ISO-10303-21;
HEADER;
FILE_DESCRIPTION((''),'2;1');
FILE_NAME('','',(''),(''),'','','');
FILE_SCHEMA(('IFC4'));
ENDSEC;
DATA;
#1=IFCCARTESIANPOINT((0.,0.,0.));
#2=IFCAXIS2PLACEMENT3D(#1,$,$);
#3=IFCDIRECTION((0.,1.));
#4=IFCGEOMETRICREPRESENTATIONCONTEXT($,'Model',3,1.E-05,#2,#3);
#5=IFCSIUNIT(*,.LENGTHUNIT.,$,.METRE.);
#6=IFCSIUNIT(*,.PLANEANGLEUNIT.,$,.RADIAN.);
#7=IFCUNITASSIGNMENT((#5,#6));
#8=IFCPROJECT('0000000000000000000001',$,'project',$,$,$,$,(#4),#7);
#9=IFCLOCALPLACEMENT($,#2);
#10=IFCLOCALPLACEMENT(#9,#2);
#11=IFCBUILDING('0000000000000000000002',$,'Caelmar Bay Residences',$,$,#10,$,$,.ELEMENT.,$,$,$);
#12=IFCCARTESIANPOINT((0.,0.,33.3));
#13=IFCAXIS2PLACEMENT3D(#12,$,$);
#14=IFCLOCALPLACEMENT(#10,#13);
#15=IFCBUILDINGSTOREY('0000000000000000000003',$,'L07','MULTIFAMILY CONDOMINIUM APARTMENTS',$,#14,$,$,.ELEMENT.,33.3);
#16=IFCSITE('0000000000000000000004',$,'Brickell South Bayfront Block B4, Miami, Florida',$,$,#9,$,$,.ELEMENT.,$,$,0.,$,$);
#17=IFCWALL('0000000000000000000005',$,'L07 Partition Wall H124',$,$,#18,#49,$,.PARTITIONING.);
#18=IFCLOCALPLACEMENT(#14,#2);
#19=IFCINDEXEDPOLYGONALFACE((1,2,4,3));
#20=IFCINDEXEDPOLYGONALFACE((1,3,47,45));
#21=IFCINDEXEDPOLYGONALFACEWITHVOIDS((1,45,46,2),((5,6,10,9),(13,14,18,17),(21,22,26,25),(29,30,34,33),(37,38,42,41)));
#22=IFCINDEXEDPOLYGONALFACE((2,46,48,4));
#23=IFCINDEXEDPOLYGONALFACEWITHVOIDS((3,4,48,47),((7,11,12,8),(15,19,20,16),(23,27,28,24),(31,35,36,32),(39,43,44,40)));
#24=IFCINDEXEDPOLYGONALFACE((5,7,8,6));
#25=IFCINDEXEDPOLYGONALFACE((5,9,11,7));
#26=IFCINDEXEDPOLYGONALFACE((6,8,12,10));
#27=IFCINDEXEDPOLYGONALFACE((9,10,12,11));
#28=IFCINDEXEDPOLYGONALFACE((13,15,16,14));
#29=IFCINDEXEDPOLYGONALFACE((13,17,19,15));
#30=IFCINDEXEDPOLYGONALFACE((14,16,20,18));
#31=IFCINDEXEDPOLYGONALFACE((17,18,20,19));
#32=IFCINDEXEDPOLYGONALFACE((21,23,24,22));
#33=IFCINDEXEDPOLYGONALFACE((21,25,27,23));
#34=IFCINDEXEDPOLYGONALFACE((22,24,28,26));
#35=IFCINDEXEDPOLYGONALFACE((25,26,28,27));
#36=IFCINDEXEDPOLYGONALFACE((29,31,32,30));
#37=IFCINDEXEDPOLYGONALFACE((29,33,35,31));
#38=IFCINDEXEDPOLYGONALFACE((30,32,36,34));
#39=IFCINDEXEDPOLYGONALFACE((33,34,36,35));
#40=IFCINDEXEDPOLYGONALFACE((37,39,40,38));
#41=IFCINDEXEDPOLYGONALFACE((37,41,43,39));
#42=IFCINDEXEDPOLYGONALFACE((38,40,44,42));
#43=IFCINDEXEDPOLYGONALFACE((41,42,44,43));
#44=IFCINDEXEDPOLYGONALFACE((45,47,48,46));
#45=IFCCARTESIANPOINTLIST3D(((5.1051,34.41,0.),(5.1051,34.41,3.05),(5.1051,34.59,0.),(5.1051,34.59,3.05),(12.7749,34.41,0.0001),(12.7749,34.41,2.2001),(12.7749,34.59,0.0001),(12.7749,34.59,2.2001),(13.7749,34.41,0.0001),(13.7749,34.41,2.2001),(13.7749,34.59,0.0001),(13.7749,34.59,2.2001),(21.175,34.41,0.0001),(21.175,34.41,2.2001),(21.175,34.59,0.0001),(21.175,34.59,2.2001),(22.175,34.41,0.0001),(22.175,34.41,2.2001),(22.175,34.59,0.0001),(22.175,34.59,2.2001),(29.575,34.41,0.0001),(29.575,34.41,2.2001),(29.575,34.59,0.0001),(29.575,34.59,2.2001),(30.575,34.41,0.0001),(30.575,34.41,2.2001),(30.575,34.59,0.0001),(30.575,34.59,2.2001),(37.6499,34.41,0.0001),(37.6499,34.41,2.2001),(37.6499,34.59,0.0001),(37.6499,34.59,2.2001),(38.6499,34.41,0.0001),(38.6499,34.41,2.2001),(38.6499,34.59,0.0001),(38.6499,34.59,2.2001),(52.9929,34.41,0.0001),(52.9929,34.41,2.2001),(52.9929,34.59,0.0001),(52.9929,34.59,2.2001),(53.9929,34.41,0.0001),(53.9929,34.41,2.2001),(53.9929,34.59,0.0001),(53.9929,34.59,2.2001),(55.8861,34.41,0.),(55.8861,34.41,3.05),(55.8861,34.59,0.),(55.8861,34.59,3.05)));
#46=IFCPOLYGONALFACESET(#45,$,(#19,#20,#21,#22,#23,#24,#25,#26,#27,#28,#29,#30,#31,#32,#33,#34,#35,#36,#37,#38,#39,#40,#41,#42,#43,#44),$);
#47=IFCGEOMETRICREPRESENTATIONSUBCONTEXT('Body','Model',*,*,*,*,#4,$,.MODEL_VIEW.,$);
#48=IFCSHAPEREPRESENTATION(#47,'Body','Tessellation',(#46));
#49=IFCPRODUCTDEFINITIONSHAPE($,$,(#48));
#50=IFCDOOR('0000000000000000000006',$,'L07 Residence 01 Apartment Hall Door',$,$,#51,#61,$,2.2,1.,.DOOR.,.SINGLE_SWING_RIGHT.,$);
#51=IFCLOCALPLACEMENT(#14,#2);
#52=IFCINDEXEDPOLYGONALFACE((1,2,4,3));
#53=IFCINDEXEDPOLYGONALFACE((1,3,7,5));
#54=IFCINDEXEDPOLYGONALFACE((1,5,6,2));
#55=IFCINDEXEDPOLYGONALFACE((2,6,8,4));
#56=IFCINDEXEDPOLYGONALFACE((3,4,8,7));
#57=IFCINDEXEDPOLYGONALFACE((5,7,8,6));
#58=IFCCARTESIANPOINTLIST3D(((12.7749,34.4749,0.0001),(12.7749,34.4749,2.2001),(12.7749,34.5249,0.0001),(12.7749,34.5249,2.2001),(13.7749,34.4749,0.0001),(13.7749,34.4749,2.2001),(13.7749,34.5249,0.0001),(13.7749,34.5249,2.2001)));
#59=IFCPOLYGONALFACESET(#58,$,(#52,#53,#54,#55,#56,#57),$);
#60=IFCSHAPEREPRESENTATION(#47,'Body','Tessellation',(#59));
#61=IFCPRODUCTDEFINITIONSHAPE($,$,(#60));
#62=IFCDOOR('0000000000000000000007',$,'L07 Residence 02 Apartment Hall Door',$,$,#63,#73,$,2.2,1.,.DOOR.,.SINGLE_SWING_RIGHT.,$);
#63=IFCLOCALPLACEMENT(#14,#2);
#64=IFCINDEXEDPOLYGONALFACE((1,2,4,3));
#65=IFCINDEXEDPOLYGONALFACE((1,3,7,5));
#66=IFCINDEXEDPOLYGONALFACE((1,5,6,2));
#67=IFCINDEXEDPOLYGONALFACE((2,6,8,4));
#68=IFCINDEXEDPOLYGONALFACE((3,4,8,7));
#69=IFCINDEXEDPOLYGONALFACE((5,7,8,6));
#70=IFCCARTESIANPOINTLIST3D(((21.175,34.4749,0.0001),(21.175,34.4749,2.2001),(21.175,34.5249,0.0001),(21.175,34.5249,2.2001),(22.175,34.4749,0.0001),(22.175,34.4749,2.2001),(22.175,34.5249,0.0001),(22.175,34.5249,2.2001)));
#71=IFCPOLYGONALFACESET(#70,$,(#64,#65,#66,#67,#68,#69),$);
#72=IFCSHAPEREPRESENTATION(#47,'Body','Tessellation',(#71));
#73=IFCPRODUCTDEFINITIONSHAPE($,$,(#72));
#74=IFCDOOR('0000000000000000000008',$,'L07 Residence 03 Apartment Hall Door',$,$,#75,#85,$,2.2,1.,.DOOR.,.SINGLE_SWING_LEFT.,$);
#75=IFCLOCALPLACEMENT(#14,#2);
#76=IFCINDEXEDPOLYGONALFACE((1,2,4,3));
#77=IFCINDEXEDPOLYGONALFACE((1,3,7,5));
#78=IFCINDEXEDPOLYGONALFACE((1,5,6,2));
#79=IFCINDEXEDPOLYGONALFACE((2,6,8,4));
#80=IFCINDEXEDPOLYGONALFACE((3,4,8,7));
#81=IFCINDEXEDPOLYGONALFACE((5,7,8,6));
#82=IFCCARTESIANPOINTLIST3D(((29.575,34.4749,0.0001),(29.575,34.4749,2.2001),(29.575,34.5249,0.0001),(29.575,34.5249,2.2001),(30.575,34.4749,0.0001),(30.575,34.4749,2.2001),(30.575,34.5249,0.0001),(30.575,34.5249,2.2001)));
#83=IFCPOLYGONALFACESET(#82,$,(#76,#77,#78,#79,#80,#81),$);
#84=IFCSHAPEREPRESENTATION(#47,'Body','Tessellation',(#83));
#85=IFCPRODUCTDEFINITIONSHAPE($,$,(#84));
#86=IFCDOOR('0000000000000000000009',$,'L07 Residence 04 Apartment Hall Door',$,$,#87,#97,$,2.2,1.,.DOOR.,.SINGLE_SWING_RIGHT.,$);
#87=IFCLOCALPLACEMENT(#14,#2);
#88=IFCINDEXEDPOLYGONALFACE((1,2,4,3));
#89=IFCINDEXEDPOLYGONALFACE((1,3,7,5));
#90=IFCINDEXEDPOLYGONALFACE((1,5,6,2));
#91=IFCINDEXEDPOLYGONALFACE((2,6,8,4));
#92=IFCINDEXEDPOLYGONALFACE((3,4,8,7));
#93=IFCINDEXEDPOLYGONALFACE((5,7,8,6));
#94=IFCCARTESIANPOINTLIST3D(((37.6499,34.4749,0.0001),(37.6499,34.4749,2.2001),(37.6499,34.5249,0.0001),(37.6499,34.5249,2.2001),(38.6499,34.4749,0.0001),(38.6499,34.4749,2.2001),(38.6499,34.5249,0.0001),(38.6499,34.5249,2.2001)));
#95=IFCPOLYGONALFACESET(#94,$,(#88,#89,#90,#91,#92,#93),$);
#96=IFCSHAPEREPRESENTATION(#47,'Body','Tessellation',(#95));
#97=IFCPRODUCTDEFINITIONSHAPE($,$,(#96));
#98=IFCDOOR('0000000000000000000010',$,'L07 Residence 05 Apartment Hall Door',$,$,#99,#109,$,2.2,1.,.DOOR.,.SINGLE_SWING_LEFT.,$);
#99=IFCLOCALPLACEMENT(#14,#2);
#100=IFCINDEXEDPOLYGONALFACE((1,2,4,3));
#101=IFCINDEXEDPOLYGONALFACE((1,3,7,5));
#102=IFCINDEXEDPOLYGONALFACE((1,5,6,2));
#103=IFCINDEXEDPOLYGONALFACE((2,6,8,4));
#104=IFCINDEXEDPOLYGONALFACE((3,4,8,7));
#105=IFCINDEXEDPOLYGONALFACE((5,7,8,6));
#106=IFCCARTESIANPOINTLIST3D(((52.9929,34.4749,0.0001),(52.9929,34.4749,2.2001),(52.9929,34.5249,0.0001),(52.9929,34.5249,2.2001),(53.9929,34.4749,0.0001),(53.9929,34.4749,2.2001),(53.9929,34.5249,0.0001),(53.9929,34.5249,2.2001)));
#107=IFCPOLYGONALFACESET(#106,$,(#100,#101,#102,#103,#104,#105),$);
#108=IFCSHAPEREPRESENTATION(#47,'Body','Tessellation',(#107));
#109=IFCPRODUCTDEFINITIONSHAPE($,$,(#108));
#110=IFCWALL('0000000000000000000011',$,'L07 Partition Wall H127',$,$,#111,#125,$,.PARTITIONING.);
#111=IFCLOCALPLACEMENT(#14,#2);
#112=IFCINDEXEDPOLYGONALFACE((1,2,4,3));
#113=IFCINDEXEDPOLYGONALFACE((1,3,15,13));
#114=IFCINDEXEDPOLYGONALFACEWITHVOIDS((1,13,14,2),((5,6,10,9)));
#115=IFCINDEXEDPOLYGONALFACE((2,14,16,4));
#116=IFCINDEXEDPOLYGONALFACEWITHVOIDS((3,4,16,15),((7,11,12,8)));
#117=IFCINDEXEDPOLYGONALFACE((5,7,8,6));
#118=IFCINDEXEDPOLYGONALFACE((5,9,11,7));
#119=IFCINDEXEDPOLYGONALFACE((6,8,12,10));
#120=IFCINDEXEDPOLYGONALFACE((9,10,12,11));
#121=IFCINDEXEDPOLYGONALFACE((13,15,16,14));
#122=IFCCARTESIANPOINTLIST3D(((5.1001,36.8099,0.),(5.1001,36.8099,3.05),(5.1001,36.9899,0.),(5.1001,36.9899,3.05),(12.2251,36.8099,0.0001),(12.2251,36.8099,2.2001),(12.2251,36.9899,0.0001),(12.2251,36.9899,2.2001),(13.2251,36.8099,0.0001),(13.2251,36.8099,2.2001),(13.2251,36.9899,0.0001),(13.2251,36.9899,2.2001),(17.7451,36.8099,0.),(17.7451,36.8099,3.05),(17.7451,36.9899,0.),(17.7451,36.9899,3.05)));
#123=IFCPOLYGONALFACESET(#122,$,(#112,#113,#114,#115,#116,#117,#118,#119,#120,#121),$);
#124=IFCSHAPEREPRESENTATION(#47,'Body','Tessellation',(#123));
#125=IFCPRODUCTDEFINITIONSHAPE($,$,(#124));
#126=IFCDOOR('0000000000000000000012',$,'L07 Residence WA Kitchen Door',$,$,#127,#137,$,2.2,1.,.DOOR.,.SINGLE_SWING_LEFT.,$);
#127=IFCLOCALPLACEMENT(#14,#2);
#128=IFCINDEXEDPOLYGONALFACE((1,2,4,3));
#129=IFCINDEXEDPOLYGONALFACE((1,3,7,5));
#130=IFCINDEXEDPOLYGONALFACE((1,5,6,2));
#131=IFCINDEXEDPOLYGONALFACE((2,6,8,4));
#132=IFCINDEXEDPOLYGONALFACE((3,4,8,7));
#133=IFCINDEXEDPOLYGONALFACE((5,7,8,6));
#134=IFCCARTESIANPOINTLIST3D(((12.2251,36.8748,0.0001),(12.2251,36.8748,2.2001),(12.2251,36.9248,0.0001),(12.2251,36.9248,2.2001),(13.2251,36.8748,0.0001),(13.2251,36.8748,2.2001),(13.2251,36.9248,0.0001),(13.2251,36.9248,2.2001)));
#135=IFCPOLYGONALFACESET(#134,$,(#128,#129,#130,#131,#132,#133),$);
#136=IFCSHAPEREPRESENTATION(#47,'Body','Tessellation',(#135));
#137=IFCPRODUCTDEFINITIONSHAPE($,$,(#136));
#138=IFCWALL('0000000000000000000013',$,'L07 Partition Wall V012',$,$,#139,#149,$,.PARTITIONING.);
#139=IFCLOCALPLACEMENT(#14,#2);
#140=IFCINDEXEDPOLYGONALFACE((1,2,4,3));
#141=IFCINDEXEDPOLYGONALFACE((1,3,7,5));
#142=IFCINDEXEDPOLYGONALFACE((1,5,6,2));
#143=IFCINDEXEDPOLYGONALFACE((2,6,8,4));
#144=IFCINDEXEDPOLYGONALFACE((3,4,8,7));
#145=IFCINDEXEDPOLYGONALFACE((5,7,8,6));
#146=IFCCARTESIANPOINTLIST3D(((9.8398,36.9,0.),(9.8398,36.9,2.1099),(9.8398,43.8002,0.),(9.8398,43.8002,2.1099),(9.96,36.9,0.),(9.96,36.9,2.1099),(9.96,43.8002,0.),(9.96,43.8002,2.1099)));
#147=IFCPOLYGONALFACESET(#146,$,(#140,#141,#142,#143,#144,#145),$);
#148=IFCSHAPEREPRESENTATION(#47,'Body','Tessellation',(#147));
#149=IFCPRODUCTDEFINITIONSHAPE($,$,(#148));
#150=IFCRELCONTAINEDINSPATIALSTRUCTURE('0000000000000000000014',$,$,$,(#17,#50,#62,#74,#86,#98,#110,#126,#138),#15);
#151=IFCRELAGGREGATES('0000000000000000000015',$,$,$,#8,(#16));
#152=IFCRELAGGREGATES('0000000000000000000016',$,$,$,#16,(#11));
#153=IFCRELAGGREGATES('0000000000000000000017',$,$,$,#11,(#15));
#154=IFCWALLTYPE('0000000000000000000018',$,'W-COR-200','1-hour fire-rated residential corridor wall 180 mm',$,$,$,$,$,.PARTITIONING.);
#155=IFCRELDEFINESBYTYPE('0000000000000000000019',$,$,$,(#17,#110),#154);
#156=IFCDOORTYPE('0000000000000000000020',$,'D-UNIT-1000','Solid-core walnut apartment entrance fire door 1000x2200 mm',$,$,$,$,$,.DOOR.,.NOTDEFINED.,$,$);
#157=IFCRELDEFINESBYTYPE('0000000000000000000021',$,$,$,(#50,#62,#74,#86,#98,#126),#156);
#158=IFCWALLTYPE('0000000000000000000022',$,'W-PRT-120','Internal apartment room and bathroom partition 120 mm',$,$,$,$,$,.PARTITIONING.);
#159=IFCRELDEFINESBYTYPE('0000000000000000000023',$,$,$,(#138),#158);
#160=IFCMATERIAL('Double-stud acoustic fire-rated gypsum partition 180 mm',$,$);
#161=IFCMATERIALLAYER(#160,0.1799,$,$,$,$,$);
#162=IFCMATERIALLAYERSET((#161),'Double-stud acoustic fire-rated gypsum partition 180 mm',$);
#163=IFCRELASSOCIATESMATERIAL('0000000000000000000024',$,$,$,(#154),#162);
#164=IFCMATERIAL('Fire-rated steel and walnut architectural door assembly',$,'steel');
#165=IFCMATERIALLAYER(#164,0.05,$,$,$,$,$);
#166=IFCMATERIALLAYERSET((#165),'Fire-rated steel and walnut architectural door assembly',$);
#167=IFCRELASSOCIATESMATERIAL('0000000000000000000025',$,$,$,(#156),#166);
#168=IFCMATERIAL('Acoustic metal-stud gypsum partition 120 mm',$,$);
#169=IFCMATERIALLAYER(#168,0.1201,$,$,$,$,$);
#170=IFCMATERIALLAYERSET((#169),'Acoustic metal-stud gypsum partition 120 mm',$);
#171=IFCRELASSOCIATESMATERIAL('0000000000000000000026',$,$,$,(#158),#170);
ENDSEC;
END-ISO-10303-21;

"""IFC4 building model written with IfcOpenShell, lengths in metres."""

from ifc_helpers import new_model, si_unit, direction, frame, frame_2d, origin, place, context, subcontext, project, spatial, rectangle, extrude, material, layer, layer_set, type_object, element, fill, save


model = new_model("IFC4")

# Units and contexts
model_context = context("Model", 3, precision=1e-05, world=origin(), true_north=direction((0.0, 1.0)))
body_context = subcontext(model_context, "Body", "Model", "MODEL_VIEW")
ifc_project = project(units=[si_unit("LENGTHUNIT", "METRE"), si_unit("PLANEANGLEUNIT", "RADIAN")], contexts=[model_context])

# Site, building, storey
site_placement = place(None, origin())
site = spatial("IfcSite", under=ifc_project, at=site_placement, Name="Brickell South Bayfront Block B4, Miami, Florida", CompositionType="ELEMENT", RefElevation=0.0)
building_placement = place(site_placement, origin())
building = spatial("IfcBuilding", under=site, at=building_placement, Name="Caelmar Bay Residences", CompositionType="ELEMENT")
storey_placement = place(building_placement, frame((0.0, 0.0, 33.3)))
storey = spatial("IfcBuildingStorey", under=building, at=storey_placement, Name="L07", Description="MULTIFAMILY CONDOMINIUM APARTMENTS", CompositionType="ELEMENT", Elevation=33.3)

# Shared definitions
ifc_material_1 = material(Name="Fire-rated steel and walnut architectural door assembly", Category="steel")

# Shared definitions
ifc_material_2 = material(Name="Double-stud acoustic fire-rated gypsum partition 180 mm")
ifc_layer_1 = layer(ifc_material_2, 0.1799)
ifc_layer_set_1 = layer_set([ifc_layer_1], Name="Double-stud acoustic fire-rated gypsum partition 180 mm")
wall_type_1 = type_object("IfcWallType", Name="W-COR-200", Description="1-hour fire-rated residential corridor wall 180 mm", PredefinedType="PARTITIONING", material=ifc_layer_set_1)

# Wall, openings, doors
wall_1_placement = place(storey_placement, frame((5.105, 34.5, 0.0), z_axis=(0.0, 0.0, 1.0), x_axis=(1.0, 0.0, 0.0)))
wall_1 = element("IfcWall", 1, at=wall_1_placement, inside=storey, type_object=wall_type_1, Name="L07 Partition Wall H124", PredefinedType="PARTITIONING", context=body_context, shape_type="SweptSolid", body=[
    extrude(rectangle(XDim=50.781, YDim=0.1799, at=frame_2d((25.3906, 0.0))), origin(), (0.0, 0.0, 1.0), 3.05),
])
opening_1_placement = place(wall_1_placement, frame((7.6699, 0.0, 0.0)))
opening_1 = element("IfcOpeningElement", 2, at=opening_1_placement, cuts=wall_1, PredefinedType="OPENING", context=body_context, shape_type="SweptSolid", body=[
    extrude(rectangle(XDim=1.0, YDim=2.2, at=frame_2d((0.5, 1.1001))), frame((0.0, 0.0999, 0.0), z_axis=(0.0, -1.0, 0.0), x_axis=(1.0, 0.0, 0.0)), (0.0, 0.0, 1.0), 0.2),
])
opening_2_placement = place(wall_1_placement, frame((16.0701, 0.0, 0.0)))
opening_2 = element("IfcOpeningElement", 3, at=opening_2_placement, cuts=wall_1, PredefinedType="OPENING", context=body_context, shape_type="SweptSolid", body=[
    extrude(rectangle(XDim=1.0, YDim=2.2, at=frame_2d((0.5, 1.1001))), frame((0.0, 0.0999, 0.0), z_axis=(0.0, -1.0, 0.0), x_axis=(1.0, 0.0, 0.0)), (0.0, 0.0, 1.0), 0.2),
])
opening_3_placement = place(wall_1_placement, frame((24.47, 0.0, 0.0)))
opening_3 = element("IfcOpeningElement", 4, at=opening_3_placement, cuts=wall_1, PredefinedType="OPENING", context=body_context, shape_type="SweptSolid", body=[
    extrude(rectangle(XDim=1.0, YDim=2.2, at=frame_2d((0.5, 1.1001))), frame((0.0, 0.0999, 0.0), z_axis=(0.0, -1.0, 0.0), x_axis=(1.0, 0.0, 0.0)), (0.0, 0.0, 1.0), 0.2),
])
opening_4_placement = place(wall_1_placement, frame((32.5449, 0.0, 0.0)))
opening_4 = element("IfcOpeningElement", 5, at=opening_4_placement, cuts=wall_1, PredefinedType="OPENING", context=body_context, shape_type="SweptSolid", body=[
    extrude(rectangle(XDim=1.0, YDim=2.2, at=frame_2d((0.5, 1.1001))), frame((0.0, 0.0999, 0.0), z_axis=(0.0, -1.0, 0.0), x_axis=(1.0, 0.0, 0.0)), (0.0, 0.0, 1.0), 0.2),
])
opening_5_placement = place(wall_1_placement, frame((47.8879, 0.0, 0.0)))
opening_5 = element("IfcOpeningElement", 6, at=opening_5_placement, cuts=wall_1, PredefinedType="OPENING", context=body_context, shape_type="SweptSolid", body=[
    extrude(rectangle(XDim=1.0, YDim=2.2, at=frame_2d((0.5, 1.1001))), frame((0.0, 0.0999, 0.0), z_axis=(0.0, -1.0, 0.0), x_axis=(1.0, 0.0, 0.0)), (0.0, 0.0, 1.0), 0.2),
])
ifc_layer_2 = layer(ifc_material_1, 0.05)
ifc_layer_set_2 = layer_set([ifc_layer_2], Name="Fire-rated steel and walnut architectural door assembly")
door_type_1 = type_object("IfcDoorType", Name="D-UNIT-1000", Description="Solid-core walnut apartment entrance fire door 1000x2200 mm", OperationType="NOTDEFINED", PredefinedType="DOOR", material=ifc_layer_set_2)
door_1_placement = place(opening_1_placement, origin())
door_1 = element("IfcDoor", 7, at=door_1_placement, inside=storey, type_object=door_type_1, Name="L07 Residence 01 Apartment Hall Door", OperationType="SINGLE_SWING_RIGHT", OverallHeight=2.2, OverallWidth=1.0, PredefinedType="DOOR", context=body_context, shape_type="SweptSolid", body=[
    extrude(rectangle(XDim=1.0, YDim=2.2, at=frame_2d((0.5, 1.1001))), frame((0.0, 0.0249, 0.0), z_axis=(0.0, -1.0, 0.0), x_axis=(1.0, 0.0, 0.0)), (0.0, 0.0, 1.0), 0.05),
])
fill(opening_1, door_1)
door_2_placement = place(opening_2_placement, origin())
door_2 = element("IfcDoor", 8, at=door_2_placement, inside=storey, type_object=door_type_1, Name="L07 Residence 02 Apartment Hall Door", OperationType="SINGLE_SWING_RIGHT", OverallHeight=2.2, OverallWidth=1.0, PredefinedType="DOOR", context=body_context, shape_type="SweptSolid", body=[
    extrude(rectangle(XDim=1.0, YDim=2.2, at=frame_2d((0.5, 1.1001))), frame((0.0, 0.0249, 0.0), z_axis=(0.0, -1.0, 0.0), x_axis=(1.0, 0.0, 0.0)), (0.0, 0.0, 1.0), 0.05),
])
fill(opening_2, door_2)
door_3_placement = place(opening_3_placement, origin())
door_3 = element("IfcDoor", 9, at=door_3_placement, inside=storey, type_object=door_type_1, Name="L07 Residence 03 Apartment Hall Door", OperationType="SINGLE_SWING_LEFT", OverallHeight=2.2, OverallWidth=1.0, PredefinedType="DOOR", context=body_context, shape_type="SweptSolid", body=[
    extrude(rectangle(XDim=1.0, YDim=2.2, at=frame_2d((0.5, 1.1001))), frame((0.0, 0.0249, 0.0), z_axis=(0.0, -1.0, 0.0), x_axis=(1.0, 0.0, 0.0)), (0.0, 0.0, 1.0), 0.05),
])
fill(opening_3, door_3)
door_4_placement = place(opening_4_placement, origin())
door_4 = element("IfcDoor", 10, at=door_4_placement, inside=storey, type_object=door_type_1, Name="L07 Residence 04 Apartment Hall Door", OperationType="SINGLE_SWING_RIGHT", OverallHeight=2.2, OverallWidth=1.0, PredefinedType="DOOR", context=body_context, shape_type="SweptSolid", body=[
    extrude(rectangle(XDim=1.0, YDim=2.2, at=frame_2d((0.5, 1.1001))), frame((0.0, 0.0249, 0.0), z_axis=(0.0, -1.0, 0.0), x_axis=(1.0, 0.0, 0.0)), (0.0, 0.0, 1.0), 0.05),
])
fill(opening_4, door_4)
door_5_placement = place(opening_5_placement, origin())
door_5 = element("IfcDoor", 11, at=door_5_placement, inside=storey, type_object=door_type_1, Name="L07 Residence 05 Apartment Hall Door", OperationType="SINGLE_SWING_LEFT", OverallHeight=2.2, OverallWidth=1.0, PredefinedType="DOOR", context=body_context, shape_type="SweptSolid", body=[
    extrude(rectangle(XDim=1.0, YDim=2.2, at=frame_2d((0.5, 1.1001))), frame((0.0, 0.0249, 0.0), z_axis=(0.0, -1.0, 0.0), x_axis=(1.0, 0.0, 0.0)), (0.0, 0.0, 1.0), 0.05),
])
fill(opening_5, door_5)

# Wall, opening, door
wall_2_placement = place(storey_placement, frame((5.1001, 36.8999, 0.0), z_axis=(0.0, 0.0, 1.0), x_axis=(1.0, 0.0, 0.0)))
wall_2 = element("IfcWall", 12, at=wall_2_placement, inside=storey, type_object=wall_type_1, Name="L07 Partition Wall H127", PredefinedType="PARTITIONING", context=body_context, shape_type="SweptSolid", body=[
    extrude(rectangle(XDim=12.645, YDim=0.1799, at=frame_2d((6.3225, 0.0))), origin(), (0.0, 0.0, 1.0), 3.05),
])
opening_6_placement = place(wall_2_placement, frame((7.125, 0.0, 0.0)))
opening_6 = element("IfcOpeningElement", 13, at=opening_6_placement, cuts=wall_2, PredefinedType="OPENING", context=body_context, shape_type="SweptSolid", body=[
    extrude(rectangle(XDim=1.0, YDim=2.2, at=frame_2d((0.5, 1.1001))), frame((0.0, 0.0999, 0.0), z_axis=(0.0, -1.0, 0.0), x_axis=(1.0, 0.0, 0.0)), (0.0, 0.0, 1.0), 0.2),
])
door_6_placement = place(opening_6_placement, origin())
door_6 = element("IfcDoor", 14, at=door_6_placement, inside=storey, type_object=door_type_1, Name="L07 Residence WA Kitchen Door", OperationType="SINGLE_SWING_LEFT", OverallHeight=2.2, OverallWidth=1.0, PredefinedType="DOOR", context=body_context, shape_type="SweptSolid", body=[
    extrude(rectangle(XDim=1.0, YDim=2.2, at=frame_2d((0.5, 1.1001))), frame((0.0, 0.0249, 0.0), z_axis=(0.0, -1.0, 0.0), x_axis=(1.0, 0.0, 0.0)), (0.0, 0.0, 1.0), 0.05),
])
fill(opening_6, door_6)

# Wall
ifc_material_3 = material(Name="Acoustic metal-stud gypsum partition 120 mm")
ifc_layer_3 = layer(ifc_material_3, 0.1201)
ifc_layer_set_3 = layer_set([ifc_layer_3], Name="Acoustic metal-stud gypsum partition 120 mm")
wall_type_2 = type_object("IfcWallType", Name="W-PRT-120", Description="Internal apartment room and bathroom partition 120 mm", PredefinedType="PARTITIONING", material=ifc_layer_set_3)
wall_3_placement = place(storey_placement, frame((9.8999, 36.8999, 0.0), z_axis=(0.0, 0.0, 1.0), x_axis=(0.0, 1.0, 0.0)))
element("IfcWall", 15, at=wall_3_placement, inside=storey, type_object=wall_type_2, Name="L07 Partition Wall V012", PredefinedType="PARTITIONING", context=body_context, shape_type="SweptSolid", body=[
    extrude(rectangle(XDim=6.9001, YDim=0.1201, at=frame_2d((3.4502, 0.0))), origin(), (0.0, 0.0, 1.0), 2.1099),
])

save(model, "model.ifc")
